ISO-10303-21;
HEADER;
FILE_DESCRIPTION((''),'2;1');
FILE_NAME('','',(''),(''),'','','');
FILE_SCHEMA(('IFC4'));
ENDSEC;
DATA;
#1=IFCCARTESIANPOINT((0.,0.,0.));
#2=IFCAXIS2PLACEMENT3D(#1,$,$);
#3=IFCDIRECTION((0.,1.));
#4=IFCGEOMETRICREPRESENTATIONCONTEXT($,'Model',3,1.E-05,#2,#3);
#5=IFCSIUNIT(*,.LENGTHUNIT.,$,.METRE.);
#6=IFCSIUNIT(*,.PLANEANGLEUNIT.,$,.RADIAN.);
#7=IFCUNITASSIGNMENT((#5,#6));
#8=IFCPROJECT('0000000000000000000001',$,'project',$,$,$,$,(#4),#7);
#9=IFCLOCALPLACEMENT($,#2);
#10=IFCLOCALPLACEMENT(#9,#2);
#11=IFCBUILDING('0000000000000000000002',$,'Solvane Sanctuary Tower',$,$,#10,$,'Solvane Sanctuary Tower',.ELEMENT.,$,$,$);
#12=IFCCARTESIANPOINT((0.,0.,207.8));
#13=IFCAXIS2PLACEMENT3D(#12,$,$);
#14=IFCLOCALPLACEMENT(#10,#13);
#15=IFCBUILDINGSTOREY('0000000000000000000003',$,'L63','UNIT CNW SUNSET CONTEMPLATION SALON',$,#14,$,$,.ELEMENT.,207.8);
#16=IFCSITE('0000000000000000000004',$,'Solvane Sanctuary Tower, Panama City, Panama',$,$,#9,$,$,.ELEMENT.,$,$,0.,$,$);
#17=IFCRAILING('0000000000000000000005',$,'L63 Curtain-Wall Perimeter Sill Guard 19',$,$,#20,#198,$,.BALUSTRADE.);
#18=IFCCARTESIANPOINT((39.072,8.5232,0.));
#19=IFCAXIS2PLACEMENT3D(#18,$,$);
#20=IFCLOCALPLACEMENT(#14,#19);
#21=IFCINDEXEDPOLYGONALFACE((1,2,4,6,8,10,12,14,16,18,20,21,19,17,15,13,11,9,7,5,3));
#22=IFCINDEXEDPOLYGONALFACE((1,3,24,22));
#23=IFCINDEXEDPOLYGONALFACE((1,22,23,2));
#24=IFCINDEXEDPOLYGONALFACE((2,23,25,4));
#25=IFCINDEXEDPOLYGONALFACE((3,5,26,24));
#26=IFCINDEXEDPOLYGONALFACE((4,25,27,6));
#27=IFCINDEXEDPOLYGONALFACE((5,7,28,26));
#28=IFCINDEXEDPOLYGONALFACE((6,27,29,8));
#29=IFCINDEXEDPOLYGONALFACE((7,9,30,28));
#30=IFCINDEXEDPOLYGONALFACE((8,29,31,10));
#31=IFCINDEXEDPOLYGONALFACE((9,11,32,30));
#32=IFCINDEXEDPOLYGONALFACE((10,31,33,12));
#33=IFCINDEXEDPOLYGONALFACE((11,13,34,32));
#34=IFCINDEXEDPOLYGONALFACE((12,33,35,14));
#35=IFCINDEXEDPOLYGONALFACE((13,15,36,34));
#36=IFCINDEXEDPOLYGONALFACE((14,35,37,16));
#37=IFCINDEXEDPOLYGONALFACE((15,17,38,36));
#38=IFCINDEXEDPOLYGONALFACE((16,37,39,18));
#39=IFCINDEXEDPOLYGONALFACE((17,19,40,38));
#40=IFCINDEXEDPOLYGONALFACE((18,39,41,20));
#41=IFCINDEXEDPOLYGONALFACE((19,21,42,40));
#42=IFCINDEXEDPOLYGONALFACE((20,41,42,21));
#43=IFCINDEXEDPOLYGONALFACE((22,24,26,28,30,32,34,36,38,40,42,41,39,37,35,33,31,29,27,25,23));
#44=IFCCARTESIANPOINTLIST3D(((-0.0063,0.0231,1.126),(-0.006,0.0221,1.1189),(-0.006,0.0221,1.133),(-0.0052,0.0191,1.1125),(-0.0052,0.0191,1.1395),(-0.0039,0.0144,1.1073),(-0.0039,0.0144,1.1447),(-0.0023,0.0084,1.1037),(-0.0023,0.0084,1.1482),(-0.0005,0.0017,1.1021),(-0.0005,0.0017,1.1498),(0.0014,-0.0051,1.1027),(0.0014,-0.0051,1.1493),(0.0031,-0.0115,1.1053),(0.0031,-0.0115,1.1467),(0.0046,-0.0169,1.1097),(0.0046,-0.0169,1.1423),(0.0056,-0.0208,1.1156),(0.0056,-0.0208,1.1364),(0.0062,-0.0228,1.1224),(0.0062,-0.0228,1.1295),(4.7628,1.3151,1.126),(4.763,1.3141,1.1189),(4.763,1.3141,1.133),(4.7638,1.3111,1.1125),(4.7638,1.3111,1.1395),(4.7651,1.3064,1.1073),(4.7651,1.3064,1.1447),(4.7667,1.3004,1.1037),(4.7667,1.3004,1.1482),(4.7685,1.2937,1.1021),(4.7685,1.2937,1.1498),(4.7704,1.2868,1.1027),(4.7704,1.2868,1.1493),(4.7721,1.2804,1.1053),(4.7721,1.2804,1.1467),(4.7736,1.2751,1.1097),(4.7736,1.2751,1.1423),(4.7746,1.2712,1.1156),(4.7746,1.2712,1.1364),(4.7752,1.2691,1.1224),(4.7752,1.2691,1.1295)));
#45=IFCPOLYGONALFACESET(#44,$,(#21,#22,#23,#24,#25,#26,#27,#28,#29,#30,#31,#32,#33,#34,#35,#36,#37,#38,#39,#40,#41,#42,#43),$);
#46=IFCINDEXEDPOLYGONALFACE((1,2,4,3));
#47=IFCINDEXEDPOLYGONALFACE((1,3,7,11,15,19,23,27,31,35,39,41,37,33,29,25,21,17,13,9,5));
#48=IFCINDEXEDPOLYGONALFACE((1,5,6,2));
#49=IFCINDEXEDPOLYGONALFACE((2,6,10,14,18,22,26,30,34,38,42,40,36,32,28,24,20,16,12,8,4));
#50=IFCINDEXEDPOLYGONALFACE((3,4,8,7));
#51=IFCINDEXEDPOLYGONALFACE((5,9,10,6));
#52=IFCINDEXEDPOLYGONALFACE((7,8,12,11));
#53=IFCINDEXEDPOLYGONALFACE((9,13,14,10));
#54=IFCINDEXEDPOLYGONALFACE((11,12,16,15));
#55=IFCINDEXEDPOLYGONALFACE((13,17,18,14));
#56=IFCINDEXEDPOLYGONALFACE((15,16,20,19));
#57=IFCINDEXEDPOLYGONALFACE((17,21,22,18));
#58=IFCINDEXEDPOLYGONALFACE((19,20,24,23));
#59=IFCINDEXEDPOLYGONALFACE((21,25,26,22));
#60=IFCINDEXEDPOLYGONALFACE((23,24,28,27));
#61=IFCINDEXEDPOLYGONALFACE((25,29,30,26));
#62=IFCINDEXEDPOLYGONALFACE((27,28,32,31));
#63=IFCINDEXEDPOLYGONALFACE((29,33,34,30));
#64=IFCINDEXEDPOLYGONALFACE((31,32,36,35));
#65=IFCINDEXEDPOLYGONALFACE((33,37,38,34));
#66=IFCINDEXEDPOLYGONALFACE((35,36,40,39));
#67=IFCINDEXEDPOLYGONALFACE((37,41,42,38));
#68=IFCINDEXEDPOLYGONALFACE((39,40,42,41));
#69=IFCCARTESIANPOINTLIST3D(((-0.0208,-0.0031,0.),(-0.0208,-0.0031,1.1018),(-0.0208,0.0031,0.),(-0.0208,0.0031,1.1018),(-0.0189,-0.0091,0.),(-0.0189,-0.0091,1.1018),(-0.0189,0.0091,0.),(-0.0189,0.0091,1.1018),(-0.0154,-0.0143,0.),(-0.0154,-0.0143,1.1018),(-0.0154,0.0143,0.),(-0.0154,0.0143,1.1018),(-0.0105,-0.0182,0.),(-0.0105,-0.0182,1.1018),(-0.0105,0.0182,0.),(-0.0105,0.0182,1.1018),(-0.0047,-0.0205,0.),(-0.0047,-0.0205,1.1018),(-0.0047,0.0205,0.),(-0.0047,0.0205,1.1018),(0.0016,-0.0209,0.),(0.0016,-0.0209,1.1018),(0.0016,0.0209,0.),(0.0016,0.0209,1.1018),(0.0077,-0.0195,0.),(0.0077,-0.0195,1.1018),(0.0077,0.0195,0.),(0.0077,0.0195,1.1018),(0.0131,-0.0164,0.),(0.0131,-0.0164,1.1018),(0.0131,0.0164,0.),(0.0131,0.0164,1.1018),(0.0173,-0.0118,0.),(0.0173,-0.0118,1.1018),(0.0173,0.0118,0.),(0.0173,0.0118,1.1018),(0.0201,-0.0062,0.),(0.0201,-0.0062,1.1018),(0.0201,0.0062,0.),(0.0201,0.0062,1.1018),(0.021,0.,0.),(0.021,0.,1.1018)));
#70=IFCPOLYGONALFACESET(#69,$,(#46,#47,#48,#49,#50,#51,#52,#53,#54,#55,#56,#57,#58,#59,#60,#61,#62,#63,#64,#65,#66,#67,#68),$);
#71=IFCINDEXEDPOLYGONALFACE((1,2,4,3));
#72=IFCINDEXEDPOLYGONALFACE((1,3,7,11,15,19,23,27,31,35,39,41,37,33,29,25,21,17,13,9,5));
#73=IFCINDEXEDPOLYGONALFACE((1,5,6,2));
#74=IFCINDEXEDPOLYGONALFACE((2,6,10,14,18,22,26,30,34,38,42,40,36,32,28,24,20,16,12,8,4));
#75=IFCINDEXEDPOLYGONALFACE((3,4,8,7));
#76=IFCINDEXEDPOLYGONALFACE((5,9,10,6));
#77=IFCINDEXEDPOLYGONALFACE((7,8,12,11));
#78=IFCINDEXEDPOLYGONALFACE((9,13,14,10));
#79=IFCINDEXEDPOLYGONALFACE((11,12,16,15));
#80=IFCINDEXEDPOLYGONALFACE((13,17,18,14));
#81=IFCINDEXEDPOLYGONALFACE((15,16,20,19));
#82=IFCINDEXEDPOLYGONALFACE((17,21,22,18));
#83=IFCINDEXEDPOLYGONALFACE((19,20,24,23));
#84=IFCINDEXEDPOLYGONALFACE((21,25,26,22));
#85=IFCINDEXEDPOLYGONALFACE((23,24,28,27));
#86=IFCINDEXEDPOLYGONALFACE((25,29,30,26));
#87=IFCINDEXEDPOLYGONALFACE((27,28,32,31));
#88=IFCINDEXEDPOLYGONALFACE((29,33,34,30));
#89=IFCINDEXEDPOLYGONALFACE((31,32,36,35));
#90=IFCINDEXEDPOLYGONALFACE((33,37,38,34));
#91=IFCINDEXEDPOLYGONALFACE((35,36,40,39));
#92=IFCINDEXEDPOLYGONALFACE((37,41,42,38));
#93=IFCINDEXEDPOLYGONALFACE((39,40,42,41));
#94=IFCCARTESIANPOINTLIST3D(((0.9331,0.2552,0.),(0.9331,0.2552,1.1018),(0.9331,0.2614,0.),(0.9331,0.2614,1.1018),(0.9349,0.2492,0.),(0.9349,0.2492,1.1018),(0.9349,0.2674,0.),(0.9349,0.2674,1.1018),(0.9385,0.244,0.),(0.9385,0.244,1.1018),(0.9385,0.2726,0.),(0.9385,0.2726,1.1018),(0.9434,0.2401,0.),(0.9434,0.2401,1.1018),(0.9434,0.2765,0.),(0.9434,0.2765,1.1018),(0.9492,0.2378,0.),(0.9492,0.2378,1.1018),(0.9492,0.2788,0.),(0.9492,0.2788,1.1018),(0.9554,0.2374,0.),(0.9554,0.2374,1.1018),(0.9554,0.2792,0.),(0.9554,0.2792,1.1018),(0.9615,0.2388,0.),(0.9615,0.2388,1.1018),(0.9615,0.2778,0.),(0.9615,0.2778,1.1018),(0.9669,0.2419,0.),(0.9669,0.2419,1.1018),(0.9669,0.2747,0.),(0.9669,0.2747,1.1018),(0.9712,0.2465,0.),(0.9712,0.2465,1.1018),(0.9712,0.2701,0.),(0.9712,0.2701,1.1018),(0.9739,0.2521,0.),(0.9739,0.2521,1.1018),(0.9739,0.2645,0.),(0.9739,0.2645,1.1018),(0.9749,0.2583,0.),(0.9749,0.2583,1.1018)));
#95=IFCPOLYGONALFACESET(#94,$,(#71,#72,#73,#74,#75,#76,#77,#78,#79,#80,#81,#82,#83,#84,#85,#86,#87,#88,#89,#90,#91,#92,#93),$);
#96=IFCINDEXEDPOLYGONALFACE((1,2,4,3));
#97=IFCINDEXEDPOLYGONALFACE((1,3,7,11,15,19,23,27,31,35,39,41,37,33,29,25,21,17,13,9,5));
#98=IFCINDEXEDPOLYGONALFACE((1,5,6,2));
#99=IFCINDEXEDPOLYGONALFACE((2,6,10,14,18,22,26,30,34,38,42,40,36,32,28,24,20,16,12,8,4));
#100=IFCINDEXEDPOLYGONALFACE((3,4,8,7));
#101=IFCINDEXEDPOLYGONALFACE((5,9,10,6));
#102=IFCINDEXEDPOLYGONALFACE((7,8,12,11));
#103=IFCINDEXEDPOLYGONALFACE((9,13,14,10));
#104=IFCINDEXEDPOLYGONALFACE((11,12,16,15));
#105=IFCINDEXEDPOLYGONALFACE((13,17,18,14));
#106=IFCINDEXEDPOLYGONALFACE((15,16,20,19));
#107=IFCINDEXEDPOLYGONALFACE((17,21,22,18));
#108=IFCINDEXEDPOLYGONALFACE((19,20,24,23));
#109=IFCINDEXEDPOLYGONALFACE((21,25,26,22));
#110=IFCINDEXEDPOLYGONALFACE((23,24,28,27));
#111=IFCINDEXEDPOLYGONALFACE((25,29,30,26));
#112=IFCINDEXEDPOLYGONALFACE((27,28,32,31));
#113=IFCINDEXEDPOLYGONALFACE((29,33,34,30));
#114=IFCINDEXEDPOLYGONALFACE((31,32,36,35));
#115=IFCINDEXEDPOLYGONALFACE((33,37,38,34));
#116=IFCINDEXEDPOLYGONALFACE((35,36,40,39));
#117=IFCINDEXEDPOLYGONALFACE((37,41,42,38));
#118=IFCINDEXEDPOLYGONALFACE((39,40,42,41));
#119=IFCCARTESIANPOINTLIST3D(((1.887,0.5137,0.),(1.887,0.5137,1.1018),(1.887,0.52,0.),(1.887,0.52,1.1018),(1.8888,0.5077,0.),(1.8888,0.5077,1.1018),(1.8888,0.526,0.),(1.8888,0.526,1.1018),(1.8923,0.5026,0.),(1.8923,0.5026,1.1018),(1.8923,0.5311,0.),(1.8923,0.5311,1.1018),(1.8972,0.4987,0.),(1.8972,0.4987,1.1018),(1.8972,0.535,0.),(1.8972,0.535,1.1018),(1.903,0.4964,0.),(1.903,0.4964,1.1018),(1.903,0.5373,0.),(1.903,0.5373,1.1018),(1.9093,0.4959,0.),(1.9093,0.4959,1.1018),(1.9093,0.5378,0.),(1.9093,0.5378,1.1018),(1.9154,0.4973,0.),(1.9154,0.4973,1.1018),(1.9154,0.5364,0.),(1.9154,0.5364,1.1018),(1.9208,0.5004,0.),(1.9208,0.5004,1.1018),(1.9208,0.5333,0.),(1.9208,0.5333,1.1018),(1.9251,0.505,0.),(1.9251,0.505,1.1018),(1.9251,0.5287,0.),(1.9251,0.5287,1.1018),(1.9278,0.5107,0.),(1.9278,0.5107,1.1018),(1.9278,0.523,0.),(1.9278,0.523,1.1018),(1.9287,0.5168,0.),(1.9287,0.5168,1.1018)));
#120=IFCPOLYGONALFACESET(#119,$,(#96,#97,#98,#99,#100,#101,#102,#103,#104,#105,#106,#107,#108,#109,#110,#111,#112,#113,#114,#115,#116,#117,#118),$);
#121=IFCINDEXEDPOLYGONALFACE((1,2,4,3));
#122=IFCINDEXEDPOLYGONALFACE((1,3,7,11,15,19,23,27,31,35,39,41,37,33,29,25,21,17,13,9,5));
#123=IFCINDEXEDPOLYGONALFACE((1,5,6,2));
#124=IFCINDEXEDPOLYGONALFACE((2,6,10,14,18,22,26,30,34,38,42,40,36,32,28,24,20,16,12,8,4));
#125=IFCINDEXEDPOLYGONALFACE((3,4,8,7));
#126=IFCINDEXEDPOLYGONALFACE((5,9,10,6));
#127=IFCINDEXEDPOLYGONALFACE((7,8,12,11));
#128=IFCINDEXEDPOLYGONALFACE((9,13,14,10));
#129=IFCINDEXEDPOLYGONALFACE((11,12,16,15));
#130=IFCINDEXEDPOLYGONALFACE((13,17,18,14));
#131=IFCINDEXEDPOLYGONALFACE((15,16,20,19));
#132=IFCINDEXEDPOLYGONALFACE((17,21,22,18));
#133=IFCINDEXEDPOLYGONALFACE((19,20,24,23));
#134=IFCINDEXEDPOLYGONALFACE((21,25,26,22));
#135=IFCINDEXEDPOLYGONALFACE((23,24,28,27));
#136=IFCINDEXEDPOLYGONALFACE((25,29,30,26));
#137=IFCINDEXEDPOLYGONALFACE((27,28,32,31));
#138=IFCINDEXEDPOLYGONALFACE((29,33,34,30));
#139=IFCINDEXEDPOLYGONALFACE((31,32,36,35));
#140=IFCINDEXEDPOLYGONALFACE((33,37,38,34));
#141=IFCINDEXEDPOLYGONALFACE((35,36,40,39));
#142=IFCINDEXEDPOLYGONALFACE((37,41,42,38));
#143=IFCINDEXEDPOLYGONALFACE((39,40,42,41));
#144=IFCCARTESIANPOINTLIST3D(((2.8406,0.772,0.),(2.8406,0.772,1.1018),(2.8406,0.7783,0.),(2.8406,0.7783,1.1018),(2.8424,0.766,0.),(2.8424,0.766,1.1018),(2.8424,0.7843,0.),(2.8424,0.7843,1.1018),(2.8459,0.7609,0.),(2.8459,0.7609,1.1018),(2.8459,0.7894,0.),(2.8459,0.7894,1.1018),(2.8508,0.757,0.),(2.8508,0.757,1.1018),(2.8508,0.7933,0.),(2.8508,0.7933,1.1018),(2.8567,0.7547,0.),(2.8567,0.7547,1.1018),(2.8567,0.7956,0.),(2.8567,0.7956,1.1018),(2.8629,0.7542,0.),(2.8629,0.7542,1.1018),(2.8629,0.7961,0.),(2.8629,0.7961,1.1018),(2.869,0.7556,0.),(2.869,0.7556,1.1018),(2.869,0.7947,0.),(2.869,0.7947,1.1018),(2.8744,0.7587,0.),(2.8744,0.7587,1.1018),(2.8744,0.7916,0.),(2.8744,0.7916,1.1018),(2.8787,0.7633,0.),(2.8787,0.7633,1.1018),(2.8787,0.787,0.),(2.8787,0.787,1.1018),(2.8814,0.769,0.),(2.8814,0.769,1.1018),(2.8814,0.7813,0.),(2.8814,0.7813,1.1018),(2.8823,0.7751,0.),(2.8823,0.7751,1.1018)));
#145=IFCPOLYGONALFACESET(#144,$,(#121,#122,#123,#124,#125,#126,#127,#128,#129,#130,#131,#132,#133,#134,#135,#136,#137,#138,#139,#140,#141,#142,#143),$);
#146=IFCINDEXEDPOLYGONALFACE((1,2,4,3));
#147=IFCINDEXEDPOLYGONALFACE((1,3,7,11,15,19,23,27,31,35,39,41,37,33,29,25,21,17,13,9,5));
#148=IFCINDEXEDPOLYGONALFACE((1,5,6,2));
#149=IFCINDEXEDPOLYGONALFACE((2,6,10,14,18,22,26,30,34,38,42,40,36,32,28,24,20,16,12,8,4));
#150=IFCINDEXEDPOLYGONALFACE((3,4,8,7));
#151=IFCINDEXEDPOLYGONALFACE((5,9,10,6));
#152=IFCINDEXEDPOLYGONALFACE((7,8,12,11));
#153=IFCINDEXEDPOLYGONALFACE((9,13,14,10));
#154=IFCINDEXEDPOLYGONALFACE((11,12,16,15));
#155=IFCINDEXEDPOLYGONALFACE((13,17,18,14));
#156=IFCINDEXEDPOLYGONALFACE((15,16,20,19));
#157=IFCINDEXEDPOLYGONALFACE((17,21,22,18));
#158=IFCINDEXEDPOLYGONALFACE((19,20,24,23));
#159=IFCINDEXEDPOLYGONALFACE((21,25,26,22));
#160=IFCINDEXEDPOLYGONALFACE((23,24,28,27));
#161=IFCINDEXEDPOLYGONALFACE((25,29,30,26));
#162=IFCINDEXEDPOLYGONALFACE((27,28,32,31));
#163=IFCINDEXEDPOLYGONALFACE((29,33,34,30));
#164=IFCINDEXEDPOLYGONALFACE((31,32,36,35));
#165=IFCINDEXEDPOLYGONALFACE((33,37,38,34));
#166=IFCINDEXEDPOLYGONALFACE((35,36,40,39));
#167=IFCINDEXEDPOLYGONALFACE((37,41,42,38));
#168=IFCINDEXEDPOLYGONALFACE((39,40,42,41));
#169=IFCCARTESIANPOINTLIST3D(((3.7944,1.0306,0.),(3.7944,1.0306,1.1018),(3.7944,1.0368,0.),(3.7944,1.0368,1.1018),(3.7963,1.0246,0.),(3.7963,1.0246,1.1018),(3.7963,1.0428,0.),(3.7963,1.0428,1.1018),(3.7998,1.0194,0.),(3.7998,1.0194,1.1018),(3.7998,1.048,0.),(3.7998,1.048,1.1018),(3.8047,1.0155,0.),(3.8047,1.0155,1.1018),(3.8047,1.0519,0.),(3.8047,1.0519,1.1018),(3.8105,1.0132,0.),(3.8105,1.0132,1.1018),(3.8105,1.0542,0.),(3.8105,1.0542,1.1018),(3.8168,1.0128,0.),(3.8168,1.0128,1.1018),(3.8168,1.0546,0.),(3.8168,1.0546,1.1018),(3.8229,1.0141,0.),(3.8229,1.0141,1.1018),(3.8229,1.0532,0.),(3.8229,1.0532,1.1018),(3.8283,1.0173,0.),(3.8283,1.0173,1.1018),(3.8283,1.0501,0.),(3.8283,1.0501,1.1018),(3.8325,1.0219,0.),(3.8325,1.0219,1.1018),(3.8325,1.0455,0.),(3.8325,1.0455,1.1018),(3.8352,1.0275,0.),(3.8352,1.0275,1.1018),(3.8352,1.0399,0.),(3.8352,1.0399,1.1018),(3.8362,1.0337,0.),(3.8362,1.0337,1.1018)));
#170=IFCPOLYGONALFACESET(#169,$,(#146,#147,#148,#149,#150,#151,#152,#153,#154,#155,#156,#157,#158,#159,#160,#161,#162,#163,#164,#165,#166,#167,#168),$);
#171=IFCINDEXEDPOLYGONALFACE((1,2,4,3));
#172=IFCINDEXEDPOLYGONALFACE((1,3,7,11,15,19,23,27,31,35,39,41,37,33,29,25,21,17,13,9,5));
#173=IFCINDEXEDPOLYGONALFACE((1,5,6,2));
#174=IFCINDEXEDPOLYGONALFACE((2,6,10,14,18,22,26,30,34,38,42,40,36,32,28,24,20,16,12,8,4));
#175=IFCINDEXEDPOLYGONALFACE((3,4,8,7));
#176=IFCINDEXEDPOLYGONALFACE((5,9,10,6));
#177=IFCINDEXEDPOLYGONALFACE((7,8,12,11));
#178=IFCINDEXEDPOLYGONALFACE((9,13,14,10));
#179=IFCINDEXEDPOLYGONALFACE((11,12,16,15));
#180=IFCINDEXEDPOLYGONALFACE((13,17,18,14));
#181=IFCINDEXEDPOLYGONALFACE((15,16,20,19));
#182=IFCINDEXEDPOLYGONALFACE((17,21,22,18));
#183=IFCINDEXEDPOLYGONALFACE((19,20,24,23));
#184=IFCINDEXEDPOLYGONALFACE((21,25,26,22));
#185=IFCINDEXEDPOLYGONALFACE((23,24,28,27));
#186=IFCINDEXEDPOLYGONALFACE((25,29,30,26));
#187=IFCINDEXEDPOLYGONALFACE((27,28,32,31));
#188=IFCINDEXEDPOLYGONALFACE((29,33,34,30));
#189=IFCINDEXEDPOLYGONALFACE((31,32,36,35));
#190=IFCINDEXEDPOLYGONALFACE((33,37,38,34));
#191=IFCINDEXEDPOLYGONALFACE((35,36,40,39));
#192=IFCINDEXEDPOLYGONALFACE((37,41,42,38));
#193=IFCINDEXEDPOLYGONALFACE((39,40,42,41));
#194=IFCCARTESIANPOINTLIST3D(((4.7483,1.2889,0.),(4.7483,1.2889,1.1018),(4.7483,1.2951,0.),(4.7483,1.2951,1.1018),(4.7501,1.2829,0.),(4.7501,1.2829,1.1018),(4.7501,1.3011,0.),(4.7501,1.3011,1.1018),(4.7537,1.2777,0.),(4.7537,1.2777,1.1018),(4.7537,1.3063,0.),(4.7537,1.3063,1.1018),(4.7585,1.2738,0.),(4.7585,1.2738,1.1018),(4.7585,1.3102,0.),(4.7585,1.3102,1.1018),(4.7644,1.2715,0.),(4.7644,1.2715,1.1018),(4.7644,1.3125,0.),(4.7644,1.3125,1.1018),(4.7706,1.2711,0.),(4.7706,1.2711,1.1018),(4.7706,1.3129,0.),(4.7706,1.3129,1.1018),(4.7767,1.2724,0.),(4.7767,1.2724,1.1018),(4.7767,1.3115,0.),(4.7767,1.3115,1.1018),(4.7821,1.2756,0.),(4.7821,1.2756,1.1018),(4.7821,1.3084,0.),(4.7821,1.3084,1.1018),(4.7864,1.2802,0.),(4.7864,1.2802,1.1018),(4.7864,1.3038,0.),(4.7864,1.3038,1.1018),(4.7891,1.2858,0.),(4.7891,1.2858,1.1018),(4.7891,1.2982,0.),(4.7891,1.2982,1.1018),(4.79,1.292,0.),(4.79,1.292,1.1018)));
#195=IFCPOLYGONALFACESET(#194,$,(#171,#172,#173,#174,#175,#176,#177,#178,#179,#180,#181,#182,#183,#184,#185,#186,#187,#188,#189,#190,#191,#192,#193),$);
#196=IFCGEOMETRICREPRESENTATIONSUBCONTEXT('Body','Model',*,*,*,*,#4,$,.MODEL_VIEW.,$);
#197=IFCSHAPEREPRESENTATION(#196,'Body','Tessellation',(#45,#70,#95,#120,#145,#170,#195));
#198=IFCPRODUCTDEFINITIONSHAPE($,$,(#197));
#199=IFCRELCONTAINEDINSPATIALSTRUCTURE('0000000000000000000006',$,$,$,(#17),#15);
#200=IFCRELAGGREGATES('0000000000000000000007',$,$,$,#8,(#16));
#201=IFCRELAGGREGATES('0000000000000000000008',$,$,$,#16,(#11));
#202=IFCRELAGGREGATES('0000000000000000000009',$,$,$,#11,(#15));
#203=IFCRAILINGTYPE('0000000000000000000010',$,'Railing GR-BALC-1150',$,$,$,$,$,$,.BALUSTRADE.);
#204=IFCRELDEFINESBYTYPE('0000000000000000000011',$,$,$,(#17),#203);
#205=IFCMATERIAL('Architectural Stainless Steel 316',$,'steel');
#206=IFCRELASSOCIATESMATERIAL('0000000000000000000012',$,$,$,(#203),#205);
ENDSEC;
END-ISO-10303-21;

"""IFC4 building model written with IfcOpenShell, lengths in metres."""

from ifc_helpers import new_model, si_unit, direction, frame, origin, origin_2d, place, context, subcontext, project, spatial, circle, extrude, material, type_object, element, save


model = new_model("IFC4")

# Units and contexts
model_context = context("Model", 3, precision=1e-05, world=origin(), true_north=direction((0.0, 1.0)))
body_context = subcontext(model_context, "Body", "Model", "MODEL_VIEW")
ifc_project = project(units=[si_unit("LENGTHUNIT", "METRE"), si_unit("PLANEANGLEUNIT", "RADIAN")], contexts=[model_context])

# Site, building, storey
site_placement = place(None, origin())
site = spatial("IfcSite", under=ifc_project, at=site_placement, Name="Solvane Sanctuary Tower, Panama City, Panama", CompositionType="ELEMENT", RefElevation=0.0)
building_placement = place(site_placement, origin())
building = spatial("IfcBuilding", under=site, at=building_placement, Name="Solvane Sanctuary Tower", LongName="Solvane Sanctuary Tower", CompositionType="ELEMENT")
storey_placement = place(building_placement, frame((0.0, 0.0, 207.8)))
storey = spatial("IfcBuildingStorey", under=building, at=storey_placement, Name="L63", Description="UNIT CNW SUNSET CONTEMPLATION SALON", CompositionType="ELEMENT", Elevation=207.8)

# Railing
ifc_material_1 = material(Name="Architectural Stainless Steel 316", Category="steel")
railing_type = type_object("IfcRailingType", Name="Railing GR-BALC-1150", PredefinedType="BALUSTRADE", material=ifc_material_1)
railing_placement = place(storey_placement, frame((39.072, 8.5232, 0.0)))
element("IfcRailing", 1, at=railing_placement, inside=storey, type_object=railing_type, Name="L63 Curtain-Wall Perimeter Sill Guard 19", PredefinedType="BALUSTRADE", context=body_context, shape_type="SweptSolid", body=[
    extrude(circle(Radius=0.0239, at=origin_2d()), frame((0.0, 0.0, 1.126), z_axis=(0.965207, 0.261486, 0.0), x_axis=(-0.261486, 0.965207, 0.0)), (0.0, 0.0, 1.0), 4.9409),
    extrude(circle(Radius=0.021, at=origin_2d()), origin(), (0.0, 0.0, 1.0), 1.1018),
    extrude(circle(Radius=0.021, at=origin_2d()), frame((0.9539, 0.2583, 0.0)), (0.0, 0.0, 1.0), 1.1018),
    extrude(circle(Radius=0.021, at=origin_2d()), frame((1.9077, 0.5168, 0.0)), (0.0, 0.0, 1.0), 1.1018),
    extrude(circle(Radius=0.021, at=origin_2d()), frame((2.8613, 0.7751, 0.0)), (0.0, 0.0, 1.0), 1.1018),
    extrude(circle(Radius=0.021, at=origin_2d()), frame((3.8152, 1.0337, 0.0)), (0.0, 0.0, 1.0), 1.1018),
    extrude(circle(Radius=0.021, at=origin_2d()), frame((4.769, 1.292, 0.0)), (0.0, 0.0, 1.0), 1.1018),
])

save(model, "model.ifc")
